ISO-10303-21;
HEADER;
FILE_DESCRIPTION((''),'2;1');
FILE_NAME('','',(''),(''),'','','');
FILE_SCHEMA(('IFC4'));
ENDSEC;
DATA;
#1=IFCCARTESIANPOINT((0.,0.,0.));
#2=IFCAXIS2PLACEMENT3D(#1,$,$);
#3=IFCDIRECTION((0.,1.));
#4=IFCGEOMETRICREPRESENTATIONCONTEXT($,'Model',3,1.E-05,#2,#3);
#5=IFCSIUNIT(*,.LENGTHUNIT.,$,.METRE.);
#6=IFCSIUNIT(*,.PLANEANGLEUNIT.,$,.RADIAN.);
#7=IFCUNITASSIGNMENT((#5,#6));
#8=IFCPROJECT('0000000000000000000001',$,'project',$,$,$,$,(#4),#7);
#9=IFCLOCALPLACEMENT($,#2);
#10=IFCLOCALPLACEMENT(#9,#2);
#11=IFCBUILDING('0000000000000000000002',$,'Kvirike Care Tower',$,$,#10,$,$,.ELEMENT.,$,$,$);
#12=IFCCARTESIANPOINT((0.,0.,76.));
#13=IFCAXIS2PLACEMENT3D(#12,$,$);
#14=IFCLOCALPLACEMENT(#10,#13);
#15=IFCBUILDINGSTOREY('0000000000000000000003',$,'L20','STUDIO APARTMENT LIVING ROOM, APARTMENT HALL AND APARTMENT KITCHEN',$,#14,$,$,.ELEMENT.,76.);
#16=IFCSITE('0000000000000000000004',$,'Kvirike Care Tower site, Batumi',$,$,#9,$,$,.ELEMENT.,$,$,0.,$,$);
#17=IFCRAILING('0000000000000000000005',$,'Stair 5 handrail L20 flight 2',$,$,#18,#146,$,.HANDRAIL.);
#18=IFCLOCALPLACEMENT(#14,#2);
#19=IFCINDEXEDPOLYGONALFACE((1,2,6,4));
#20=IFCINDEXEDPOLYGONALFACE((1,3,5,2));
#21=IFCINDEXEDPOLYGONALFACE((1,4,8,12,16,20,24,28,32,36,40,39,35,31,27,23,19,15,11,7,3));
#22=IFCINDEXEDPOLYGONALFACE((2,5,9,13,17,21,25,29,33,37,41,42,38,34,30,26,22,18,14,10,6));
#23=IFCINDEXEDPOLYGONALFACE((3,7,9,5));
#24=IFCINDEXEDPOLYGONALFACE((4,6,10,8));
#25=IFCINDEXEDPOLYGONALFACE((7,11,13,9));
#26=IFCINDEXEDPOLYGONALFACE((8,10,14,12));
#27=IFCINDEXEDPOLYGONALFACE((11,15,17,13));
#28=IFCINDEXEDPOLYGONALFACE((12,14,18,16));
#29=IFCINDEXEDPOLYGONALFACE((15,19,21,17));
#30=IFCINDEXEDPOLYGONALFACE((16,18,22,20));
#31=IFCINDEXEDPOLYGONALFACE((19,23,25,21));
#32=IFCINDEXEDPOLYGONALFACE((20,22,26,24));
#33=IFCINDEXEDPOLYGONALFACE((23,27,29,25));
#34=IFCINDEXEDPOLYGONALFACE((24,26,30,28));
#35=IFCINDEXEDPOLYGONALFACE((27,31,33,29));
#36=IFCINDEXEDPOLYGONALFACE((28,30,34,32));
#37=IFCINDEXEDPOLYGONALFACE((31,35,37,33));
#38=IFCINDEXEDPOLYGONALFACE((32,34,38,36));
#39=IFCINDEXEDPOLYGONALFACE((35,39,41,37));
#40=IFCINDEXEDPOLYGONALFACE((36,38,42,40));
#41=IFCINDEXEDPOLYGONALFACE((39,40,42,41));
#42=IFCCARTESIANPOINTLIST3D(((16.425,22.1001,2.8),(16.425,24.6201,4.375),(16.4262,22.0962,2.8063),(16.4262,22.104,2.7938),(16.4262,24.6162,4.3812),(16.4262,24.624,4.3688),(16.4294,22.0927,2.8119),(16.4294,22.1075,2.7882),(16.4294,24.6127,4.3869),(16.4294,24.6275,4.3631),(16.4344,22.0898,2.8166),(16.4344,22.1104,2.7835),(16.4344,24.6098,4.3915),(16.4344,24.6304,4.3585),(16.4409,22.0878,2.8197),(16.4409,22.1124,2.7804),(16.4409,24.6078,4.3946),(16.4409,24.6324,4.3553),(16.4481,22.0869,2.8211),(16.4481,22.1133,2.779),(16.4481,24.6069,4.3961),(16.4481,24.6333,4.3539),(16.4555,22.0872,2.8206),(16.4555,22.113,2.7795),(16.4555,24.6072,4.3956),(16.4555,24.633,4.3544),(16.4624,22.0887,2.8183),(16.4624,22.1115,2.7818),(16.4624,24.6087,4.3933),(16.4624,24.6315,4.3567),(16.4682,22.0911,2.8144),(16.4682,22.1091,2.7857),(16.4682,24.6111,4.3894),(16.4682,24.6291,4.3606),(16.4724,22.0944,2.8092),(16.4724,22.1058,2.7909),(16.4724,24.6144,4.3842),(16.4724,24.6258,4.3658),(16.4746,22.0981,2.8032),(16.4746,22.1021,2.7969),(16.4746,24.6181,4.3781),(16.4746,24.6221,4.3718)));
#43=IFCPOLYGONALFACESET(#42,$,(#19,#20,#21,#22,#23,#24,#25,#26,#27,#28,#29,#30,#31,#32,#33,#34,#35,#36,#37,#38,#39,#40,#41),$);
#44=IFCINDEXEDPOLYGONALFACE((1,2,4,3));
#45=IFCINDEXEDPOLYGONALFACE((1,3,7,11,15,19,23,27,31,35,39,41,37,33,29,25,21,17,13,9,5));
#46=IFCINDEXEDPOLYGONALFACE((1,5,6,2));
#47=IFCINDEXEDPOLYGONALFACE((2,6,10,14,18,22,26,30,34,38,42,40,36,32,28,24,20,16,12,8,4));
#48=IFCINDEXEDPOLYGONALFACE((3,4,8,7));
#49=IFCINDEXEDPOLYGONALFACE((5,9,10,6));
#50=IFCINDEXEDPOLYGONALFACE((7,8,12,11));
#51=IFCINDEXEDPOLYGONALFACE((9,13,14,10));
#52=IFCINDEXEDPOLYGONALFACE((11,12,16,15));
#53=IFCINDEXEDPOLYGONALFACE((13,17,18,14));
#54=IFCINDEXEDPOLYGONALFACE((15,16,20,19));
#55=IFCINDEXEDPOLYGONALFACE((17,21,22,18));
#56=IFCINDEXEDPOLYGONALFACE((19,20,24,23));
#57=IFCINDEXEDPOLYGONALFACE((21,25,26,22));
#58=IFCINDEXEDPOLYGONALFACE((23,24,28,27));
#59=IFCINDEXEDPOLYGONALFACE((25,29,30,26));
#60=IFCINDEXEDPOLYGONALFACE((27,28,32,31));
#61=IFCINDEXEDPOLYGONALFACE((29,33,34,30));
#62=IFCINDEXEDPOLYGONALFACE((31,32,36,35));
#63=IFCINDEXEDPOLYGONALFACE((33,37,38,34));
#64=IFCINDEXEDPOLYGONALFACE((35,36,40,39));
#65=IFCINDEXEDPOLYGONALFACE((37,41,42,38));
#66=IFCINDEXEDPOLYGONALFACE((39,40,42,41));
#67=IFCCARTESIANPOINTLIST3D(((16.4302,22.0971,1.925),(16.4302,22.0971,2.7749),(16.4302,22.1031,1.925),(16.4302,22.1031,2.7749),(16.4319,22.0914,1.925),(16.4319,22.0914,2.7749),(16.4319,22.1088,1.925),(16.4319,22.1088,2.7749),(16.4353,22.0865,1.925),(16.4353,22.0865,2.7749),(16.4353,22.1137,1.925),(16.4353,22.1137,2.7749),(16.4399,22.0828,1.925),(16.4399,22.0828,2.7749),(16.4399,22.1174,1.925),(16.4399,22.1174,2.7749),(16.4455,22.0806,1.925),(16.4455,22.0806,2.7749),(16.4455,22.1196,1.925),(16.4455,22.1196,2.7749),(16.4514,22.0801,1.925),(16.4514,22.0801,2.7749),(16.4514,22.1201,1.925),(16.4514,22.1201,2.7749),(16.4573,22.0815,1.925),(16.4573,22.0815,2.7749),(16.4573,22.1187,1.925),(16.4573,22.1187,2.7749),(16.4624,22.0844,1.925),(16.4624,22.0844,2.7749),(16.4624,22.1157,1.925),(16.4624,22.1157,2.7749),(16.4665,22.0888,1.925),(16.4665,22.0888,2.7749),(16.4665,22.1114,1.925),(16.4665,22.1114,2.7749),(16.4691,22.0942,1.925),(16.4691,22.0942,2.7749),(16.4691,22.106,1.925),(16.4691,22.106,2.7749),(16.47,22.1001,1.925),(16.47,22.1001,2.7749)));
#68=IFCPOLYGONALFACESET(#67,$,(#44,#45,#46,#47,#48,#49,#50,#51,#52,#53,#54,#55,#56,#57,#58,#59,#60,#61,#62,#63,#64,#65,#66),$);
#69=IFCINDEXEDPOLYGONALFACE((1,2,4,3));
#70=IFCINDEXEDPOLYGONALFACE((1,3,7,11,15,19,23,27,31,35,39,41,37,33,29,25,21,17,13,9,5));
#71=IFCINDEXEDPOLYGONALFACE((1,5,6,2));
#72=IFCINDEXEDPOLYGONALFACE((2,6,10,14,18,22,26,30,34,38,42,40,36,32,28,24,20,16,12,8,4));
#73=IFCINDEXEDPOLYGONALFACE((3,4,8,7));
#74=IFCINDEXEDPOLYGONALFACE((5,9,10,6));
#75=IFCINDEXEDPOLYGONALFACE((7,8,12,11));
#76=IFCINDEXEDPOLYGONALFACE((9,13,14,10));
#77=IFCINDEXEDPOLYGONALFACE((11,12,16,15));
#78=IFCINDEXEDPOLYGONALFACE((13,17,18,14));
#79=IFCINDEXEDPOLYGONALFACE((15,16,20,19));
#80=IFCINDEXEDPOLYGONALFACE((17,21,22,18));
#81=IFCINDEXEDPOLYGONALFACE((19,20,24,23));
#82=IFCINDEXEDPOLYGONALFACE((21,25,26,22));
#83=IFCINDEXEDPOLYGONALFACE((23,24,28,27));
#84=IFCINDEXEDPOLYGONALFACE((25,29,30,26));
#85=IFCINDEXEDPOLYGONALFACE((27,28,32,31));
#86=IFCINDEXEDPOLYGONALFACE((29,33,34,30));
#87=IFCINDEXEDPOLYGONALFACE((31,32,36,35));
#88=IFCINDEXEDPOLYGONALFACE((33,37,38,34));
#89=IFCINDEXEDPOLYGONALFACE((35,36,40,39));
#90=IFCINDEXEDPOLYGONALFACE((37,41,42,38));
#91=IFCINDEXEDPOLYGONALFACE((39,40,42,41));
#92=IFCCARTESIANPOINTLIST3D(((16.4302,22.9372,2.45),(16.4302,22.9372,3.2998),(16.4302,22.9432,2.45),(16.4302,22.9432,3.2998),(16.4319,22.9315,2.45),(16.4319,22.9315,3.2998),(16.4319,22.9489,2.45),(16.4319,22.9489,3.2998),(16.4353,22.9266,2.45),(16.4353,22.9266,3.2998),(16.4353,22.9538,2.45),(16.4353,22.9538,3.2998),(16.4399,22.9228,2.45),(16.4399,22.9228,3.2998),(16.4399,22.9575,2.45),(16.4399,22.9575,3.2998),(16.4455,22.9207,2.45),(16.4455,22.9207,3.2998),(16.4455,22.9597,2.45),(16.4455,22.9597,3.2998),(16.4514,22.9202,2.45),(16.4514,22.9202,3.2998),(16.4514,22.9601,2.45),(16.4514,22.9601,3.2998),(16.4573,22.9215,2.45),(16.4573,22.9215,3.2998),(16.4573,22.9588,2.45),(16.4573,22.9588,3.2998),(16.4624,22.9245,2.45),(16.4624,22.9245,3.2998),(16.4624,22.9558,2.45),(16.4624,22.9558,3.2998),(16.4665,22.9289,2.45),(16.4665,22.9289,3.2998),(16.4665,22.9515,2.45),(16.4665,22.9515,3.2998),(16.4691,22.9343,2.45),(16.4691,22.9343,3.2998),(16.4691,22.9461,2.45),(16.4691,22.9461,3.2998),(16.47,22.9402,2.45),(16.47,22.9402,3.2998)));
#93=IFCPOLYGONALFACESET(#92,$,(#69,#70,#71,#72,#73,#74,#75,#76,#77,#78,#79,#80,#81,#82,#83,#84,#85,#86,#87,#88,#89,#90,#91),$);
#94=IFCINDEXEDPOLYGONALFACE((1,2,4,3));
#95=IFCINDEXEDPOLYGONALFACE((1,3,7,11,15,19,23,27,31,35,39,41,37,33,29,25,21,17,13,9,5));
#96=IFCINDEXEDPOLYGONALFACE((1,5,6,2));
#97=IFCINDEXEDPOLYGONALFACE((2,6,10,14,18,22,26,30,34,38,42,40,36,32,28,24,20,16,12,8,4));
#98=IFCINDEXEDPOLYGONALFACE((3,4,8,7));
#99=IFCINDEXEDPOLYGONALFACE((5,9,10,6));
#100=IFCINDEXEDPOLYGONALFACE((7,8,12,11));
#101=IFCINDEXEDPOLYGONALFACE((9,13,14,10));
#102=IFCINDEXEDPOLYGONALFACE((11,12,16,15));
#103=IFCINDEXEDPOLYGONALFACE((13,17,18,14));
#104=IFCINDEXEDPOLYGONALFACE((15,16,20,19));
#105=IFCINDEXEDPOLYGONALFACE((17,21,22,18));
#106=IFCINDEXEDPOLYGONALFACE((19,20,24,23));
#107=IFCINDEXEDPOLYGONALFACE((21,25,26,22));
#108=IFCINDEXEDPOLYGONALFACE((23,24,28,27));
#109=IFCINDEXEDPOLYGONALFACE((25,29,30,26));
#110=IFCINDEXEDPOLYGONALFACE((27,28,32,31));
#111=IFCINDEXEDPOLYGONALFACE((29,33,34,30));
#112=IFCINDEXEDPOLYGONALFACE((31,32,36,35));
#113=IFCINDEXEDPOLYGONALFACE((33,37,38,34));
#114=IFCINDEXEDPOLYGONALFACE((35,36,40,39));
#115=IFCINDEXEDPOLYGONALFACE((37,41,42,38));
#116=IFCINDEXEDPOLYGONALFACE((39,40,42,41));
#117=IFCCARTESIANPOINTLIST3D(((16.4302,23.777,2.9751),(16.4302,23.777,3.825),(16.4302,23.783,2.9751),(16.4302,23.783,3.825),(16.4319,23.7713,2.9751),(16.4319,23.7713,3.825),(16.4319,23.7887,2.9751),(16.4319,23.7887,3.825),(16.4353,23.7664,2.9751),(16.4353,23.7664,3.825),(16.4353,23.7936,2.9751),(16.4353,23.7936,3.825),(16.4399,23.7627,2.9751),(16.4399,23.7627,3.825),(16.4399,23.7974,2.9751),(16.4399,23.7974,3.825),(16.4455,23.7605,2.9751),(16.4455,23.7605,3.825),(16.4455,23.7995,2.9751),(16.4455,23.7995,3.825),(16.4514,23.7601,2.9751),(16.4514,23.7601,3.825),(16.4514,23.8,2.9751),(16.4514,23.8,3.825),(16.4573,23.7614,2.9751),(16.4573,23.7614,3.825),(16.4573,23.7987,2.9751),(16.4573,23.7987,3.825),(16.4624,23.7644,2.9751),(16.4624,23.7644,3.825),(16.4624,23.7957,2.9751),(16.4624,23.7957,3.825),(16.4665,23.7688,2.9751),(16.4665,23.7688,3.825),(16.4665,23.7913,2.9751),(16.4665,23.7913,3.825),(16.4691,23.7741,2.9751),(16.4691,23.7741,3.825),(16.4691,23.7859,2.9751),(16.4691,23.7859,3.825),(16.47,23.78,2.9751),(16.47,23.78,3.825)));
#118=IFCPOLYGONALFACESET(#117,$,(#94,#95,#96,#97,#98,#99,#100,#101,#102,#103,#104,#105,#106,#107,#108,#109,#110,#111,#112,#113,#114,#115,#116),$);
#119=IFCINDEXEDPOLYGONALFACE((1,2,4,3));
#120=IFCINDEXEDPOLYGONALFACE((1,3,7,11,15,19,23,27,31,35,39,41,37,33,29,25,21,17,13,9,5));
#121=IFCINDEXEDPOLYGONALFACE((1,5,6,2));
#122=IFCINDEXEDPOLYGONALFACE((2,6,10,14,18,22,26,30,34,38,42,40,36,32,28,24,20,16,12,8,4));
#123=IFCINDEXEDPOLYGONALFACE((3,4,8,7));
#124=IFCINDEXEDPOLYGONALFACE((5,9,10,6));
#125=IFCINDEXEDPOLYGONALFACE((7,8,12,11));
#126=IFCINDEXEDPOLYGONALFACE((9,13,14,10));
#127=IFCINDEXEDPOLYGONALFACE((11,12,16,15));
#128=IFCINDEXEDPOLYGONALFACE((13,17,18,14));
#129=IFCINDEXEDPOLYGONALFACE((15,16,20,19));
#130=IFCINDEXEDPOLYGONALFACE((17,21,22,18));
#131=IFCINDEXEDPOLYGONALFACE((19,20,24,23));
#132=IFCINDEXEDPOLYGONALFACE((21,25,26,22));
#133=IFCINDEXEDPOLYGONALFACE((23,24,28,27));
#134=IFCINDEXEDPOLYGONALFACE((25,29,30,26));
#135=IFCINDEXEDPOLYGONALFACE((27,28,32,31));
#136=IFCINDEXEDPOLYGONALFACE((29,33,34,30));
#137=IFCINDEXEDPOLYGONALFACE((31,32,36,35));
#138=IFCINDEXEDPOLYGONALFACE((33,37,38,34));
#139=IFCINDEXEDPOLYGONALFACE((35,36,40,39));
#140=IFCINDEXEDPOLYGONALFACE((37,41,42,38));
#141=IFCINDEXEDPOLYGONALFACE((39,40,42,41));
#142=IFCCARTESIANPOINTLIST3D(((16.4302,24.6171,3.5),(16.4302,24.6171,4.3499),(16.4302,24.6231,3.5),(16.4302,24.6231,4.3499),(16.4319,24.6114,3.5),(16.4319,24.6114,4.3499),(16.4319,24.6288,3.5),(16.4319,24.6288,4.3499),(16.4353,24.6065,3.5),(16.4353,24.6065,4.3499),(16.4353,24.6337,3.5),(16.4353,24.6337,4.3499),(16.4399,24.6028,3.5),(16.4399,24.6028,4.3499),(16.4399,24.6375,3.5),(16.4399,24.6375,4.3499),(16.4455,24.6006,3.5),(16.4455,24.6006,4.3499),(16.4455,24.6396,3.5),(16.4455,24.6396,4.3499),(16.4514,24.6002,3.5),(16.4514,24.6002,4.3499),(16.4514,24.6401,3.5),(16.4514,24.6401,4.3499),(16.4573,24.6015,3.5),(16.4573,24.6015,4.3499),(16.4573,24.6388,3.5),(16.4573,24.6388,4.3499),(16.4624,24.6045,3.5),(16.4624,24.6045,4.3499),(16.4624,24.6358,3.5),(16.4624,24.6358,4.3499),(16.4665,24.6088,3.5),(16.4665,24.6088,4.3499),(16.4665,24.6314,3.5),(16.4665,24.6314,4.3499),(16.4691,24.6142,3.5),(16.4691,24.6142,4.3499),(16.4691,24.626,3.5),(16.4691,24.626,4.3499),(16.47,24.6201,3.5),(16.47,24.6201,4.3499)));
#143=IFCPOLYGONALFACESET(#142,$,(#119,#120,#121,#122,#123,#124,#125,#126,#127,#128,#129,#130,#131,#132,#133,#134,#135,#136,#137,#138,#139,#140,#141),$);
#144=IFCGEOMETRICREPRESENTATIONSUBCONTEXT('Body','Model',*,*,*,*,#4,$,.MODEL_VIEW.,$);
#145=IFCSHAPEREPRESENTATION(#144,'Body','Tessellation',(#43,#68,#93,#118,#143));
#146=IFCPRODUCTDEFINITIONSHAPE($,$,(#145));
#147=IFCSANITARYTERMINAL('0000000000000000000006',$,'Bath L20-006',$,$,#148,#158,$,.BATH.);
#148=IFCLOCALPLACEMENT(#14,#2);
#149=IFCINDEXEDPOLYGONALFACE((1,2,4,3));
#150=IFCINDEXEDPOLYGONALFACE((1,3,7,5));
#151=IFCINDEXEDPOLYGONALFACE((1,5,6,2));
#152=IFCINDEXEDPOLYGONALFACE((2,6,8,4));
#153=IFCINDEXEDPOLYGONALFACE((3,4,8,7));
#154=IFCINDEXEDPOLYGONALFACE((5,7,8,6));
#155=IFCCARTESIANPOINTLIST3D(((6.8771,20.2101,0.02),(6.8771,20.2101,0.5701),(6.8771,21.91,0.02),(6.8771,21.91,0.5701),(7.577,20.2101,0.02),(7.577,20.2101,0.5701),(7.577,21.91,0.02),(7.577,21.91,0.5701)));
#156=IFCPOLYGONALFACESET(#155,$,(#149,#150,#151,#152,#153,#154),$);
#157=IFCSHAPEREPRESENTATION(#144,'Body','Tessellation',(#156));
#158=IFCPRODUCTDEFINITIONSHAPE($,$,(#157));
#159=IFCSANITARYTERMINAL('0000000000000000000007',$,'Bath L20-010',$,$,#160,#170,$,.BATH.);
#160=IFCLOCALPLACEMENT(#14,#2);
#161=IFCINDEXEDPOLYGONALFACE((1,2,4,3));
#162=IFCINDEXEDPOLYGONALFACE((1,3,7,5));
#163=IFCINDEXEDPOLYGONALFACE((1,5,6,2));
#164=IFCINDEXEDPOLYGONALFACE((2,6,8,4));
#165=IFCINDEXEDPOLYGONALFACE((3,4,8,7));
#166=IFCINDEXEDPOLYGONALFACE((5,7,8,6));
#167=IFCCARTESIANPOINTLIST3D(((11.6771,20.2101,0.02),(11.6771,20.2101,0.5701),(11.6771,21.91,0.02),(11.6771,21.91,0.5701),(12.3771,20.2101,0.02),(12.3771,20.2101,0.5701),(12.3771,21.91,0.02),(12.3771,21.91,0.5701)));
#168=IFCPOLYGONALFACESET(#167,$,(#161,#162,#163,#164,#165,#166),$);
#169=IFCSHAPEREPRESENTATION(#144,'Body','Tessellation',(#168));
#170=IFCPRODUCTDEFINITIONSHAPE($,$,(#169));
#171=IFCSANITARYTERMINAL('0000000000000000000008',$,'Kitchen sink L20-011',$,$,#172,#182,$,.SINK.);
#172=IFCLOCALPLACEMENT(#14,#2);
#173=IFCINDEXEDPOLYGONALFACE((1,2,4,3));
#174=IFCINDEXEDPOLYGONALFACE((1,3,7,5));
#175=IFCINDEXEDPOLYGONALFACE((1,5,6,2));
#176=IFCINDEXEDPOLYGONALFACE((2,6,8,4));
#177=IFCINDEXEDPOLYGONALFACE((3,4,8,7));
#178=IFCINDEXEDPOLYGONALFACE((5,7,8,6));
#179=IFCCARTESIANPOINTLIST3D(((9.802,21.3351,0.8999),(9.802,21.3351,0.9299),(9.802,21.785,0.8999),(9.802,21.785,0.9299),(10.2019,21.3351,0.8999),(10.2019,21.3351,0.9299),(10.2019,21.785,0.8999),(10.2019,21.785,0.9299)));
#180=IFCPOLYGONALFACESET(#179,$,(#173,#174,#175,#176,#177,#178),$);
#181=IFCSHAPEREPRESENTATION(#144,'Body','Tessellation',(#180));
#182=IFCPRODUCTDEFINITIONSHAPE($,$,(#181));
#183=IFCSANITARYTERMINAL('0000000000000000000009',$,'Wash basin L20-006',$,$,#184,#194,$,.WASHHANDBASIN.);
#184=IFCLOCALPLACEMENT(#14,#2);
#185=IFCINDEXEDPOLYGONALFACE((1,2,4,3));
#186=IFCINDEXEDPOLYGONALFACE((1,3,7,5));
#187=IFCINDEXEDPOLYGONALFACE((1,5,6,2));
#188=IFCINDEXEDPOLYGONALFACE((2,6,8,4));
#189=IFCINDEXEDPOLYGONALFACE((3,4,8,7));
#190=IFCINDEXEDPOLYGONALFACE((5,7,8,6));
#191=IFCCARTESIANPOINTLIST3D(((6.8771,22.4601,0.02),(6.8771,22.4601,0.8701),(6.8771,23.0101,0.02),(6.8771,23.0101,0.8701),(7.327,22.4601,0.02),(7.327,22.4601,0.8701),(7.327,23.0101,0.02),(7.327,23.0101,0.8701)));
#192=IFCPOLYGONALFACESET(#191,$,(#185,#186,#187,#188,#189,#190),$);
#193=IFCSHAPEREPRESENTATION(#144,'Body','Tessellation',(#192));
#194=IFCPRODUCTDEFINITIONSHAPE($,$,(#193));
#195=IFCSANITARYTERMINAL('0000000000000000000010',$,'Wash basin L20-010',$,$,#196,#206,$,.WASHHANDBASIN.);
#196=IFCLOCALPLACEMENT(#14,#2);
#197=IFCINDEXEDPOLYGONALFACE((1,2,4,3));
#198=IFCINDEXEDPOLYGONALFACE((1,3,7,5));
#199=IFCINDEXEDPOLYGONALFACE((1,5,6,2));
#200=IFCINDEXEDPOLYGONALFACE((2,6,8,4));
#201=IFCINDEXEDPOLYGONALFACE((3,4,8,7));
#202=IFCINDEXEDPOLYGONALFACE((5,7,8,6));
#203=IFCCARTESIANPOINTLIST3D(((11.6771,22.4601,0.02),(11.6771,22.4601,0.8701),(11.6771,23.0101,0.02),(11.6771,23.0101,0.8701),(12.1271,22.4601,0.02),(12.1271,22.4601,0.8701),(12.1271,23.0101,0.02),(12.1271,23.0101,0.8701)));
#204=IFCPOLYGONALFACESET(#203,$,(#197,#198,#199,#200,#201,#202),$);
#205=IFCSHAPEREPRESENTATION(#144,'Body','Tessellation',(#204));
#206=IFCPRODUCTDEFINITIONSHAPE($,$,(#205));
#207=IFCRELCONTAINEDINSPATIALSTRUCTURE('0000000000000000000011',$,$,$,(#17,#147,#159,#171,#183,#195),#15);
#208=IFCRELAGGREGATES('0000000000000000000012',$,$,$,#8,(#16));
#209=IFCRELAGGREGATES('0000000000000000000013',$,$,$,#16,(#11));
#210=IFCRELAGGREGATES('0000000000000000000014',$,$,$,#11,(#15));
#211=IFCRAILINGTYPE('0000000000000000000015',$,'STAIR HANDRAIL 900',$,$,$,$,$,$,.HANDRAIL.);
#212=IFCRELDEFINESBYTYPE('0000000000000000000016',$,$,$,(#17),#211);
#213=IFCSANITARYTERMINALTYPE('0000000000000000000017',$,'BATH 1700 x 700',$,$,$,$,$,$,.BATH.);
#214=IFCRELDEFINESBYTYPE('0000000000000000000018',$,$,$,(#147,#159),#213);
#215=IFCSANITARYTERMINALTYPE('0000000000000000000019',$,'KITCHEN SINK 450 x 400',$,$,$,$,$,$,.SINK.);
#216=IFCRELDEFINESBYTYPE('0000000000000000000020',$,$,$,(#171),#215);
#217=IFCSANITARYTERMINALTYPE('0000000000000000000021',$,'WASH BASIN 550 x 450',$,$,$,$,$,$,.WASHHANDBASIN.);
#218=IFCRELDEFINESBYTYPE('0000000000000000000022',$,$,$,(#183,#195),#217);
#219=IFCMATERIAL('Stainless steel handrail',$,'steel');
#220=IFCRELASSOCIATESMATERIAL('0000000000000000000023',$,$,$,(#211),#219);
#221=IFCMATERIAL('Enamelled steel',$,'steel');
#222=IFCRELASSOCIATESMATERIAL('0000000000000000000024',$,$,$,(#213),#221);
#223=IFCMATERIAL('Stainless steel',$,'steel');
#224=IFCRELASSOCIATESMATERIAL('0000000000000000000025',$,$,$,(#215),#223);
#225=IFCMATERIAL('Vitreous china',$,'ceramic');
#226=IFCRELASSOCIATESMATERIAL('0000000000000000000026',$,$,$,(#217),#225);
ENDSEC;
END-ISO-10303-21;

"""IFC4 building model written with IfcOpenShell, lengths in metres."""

from ifc_helpers import new_model, si_unit, direction, frame, origin, origin_2d, place, context, subcontext, project, spatial, rectangle, circle, extrude, material, type_object, element, save


model = new_model("IFC4")

# Units and contexts
model_context = context("Model", 3, precision=1e-05, world=origin(), true_north=direction((0.0, 1.0)))
body_context = subcontext(model_context, "Body", "Model", "MODEL_VIEW")
ifc_project = project(units=[si_unit("LENGTHUNIT", "METRE"), si_unit("PLANEANGLEUNIT", "RADIAN")], contexts=[model_context])

# Site, building, storey
site_placement = place(None, origin())
site = spatial("IfcSite", under=ifc_project, at=site_placement, Name="Kvirike Care Tower site, Batumi", CompositionType="ELEMENT", RefElevation=0.0)
building_placement = place(site_placement, origin())
building = spatial("IfcBuilding", under=site, at=building_placement, Name="Kvirike Care Tower", CompositionType="ELEMENT")
storey_placement = place(building_placement, frame((0.0, 0.0, 76.0)))
storey = spatial("IfcBuildingStorey", under=building, at=storey_placement, Name="L20", Description="STUDIO APARTMENT LIVING ROOM, APARTMENT HALL AND APARTMENT KITCHEN", CompositionType="ELEMENT", Elevation=76.0)

# Railing
ifc_material_1 = material(Name="Stainless steel handrail", Category="steel")
railing_type = type_object("IfcRailingType", Name="STAIR HANDRAIL 900", PredefinedType="HANDRAIL", material=ifc_material_1)
railing_placement = place(storey_placement, frame((16.45, 22.1001, 1.925)))
element("IfcRailing", 1, at=railing_placement, inside=storey, type_object=railing_type, Name="Stair 5 handrail L20 flight 2", PredefinedType="HANDRAIL", context=body_context, shape_type="SweptSolid", body=[
    extrude(circle(Radius=0.0249, at=origin_2d()), frame((0.0, 0.0, 0.875), z_axis=(0.0, 0.848008, 0.529984), x_axis=(-1.0, 0.0, 0.0)), (0.0, 0.0, 1.0), 2.9717),
    extrude(circle(Radius=0.02, at=origin_2d()), origin(), (0.0, 0.0, 1.0), 0.8499),
    extrude(circle(Radius=0.02, at=origin_2d()), frame((0.0, 0.8401, 0.5249)), (0.0, 0.0, 1.0), 0.8499),
    extrude(circle(Radius=0.02, at=origin_2d()), frame((0.0, 1.6799, 1.05)), (0.0, 0.0, 1.0), 0.8499),
    extrude(circle(Radius=0.02, at=origin_2d()), frame((0.0, 2.52, 1.575)), (0.0, 0.0, 1.0), 0.8499),
])

# Sanitary terminals
ifc_material_2 = material(Name="Enamelled steel", Category="steel")
sanitary_terminal_type_1 = type_object("IfcSanitaryTerminalType", Name="BATH 1700 x 700", PredefinedType="BATH", material=ifc_material_2)
for number, where, z_axis, x_axis, name in (
    (2, (7.2271, 21.0601, 0.02), (0.0, 0.0, 1.0), (0.0, 1.0, 0.0), "Bath L20-006"),
    (3, (12.0271, 21.0601, 0.02), (0.0, 0.0, 1.0), (0.0, 1.0, 0.0), "Bath L20-010"),
):
    element("IfcSanitaryTerminal", number, at=place(storey_placement, frame(where, z_axis=z_axis, x_axis=x_axis)), inside=storey, type_object=sanitary_terminal_type_1, Name=name, PredefinedType="BATH", context=body_context, shape_type="SweptSolid", body=[
        extrude(rectangle(XDim=1.7, YDim=0.7, at=origin_2d()), origin(), (0.0, 0.0, 1.0), 0.55),
    ])
ifc_material_3 = material(Name="Stainless steel", Category="steel")
sanitary_terminal_type_2 = type_object("IfcSanitaryTerminalType", Name="KITCHEN SINK 450 x 400", PredefinedType="SINK", material=ifc_material_3)
sanitary_terminal_placement = place(storey_placement, frame((10.002, 21.5601, 0.8999), z_axis=(0.0, 0.0, 1.0), x_axis=(0.0, 1.0, 0.0)))
element("IfcSanitaryTerminal", 4, at=sanitary_terminal_placement, inside=storey, type_object=sanitary_terminal_type_2, Name="Kitchen sink L20-011", PredefinedType="SINK", context=body_context, shape_type="SweptSolid", body=[
    extrude(rectangle(XDim=0.45, YDim=0.3999, at=origin_2d()), origin(), (0.0, 0.0, 1.0), 0.03),
])
ifc_material_4 = material(Name="Vitreous china", Category="ceramic")
sanitary_terminal_type_3 = type_object("IfcSanitaryTerminalType", Name="WASH BASIN 550 x 450", PredefinedType="WASHHANDBASIN", material=ifc_material_4)
for number, where, z_axis, x_axis, name in (
    (5, (7.1021, 22.7351, 0.02), (0.0, 0.0, 1.0), (0.0, 1.0, 0.0), "Wash basin L20-006"),
    (6, (11.9021, 22.7351, 0.02), (0.0, 0.0, 1.0), (0.0, 1.0, 0.0), "Wash basin L20-010"),
):
    element("IfcSanitaryTerminal", number, at=place(storey_placement, frame(where, z_axis=z_axis, x_axis=x_axis)), inside=storey, type_object=sanitary_terminal_type_3, Name=name, PredefinedType="WASHHANDBASIN", context=body_context, shape_type="SweptSolid", body=[
        extrude(rectangle(XDim=0.55, YDim=0.45, at=origin_2d()), origin(), (0.0, 0.0, 1.0), 0.8501),
    ])

save(model, "model.ifc")
